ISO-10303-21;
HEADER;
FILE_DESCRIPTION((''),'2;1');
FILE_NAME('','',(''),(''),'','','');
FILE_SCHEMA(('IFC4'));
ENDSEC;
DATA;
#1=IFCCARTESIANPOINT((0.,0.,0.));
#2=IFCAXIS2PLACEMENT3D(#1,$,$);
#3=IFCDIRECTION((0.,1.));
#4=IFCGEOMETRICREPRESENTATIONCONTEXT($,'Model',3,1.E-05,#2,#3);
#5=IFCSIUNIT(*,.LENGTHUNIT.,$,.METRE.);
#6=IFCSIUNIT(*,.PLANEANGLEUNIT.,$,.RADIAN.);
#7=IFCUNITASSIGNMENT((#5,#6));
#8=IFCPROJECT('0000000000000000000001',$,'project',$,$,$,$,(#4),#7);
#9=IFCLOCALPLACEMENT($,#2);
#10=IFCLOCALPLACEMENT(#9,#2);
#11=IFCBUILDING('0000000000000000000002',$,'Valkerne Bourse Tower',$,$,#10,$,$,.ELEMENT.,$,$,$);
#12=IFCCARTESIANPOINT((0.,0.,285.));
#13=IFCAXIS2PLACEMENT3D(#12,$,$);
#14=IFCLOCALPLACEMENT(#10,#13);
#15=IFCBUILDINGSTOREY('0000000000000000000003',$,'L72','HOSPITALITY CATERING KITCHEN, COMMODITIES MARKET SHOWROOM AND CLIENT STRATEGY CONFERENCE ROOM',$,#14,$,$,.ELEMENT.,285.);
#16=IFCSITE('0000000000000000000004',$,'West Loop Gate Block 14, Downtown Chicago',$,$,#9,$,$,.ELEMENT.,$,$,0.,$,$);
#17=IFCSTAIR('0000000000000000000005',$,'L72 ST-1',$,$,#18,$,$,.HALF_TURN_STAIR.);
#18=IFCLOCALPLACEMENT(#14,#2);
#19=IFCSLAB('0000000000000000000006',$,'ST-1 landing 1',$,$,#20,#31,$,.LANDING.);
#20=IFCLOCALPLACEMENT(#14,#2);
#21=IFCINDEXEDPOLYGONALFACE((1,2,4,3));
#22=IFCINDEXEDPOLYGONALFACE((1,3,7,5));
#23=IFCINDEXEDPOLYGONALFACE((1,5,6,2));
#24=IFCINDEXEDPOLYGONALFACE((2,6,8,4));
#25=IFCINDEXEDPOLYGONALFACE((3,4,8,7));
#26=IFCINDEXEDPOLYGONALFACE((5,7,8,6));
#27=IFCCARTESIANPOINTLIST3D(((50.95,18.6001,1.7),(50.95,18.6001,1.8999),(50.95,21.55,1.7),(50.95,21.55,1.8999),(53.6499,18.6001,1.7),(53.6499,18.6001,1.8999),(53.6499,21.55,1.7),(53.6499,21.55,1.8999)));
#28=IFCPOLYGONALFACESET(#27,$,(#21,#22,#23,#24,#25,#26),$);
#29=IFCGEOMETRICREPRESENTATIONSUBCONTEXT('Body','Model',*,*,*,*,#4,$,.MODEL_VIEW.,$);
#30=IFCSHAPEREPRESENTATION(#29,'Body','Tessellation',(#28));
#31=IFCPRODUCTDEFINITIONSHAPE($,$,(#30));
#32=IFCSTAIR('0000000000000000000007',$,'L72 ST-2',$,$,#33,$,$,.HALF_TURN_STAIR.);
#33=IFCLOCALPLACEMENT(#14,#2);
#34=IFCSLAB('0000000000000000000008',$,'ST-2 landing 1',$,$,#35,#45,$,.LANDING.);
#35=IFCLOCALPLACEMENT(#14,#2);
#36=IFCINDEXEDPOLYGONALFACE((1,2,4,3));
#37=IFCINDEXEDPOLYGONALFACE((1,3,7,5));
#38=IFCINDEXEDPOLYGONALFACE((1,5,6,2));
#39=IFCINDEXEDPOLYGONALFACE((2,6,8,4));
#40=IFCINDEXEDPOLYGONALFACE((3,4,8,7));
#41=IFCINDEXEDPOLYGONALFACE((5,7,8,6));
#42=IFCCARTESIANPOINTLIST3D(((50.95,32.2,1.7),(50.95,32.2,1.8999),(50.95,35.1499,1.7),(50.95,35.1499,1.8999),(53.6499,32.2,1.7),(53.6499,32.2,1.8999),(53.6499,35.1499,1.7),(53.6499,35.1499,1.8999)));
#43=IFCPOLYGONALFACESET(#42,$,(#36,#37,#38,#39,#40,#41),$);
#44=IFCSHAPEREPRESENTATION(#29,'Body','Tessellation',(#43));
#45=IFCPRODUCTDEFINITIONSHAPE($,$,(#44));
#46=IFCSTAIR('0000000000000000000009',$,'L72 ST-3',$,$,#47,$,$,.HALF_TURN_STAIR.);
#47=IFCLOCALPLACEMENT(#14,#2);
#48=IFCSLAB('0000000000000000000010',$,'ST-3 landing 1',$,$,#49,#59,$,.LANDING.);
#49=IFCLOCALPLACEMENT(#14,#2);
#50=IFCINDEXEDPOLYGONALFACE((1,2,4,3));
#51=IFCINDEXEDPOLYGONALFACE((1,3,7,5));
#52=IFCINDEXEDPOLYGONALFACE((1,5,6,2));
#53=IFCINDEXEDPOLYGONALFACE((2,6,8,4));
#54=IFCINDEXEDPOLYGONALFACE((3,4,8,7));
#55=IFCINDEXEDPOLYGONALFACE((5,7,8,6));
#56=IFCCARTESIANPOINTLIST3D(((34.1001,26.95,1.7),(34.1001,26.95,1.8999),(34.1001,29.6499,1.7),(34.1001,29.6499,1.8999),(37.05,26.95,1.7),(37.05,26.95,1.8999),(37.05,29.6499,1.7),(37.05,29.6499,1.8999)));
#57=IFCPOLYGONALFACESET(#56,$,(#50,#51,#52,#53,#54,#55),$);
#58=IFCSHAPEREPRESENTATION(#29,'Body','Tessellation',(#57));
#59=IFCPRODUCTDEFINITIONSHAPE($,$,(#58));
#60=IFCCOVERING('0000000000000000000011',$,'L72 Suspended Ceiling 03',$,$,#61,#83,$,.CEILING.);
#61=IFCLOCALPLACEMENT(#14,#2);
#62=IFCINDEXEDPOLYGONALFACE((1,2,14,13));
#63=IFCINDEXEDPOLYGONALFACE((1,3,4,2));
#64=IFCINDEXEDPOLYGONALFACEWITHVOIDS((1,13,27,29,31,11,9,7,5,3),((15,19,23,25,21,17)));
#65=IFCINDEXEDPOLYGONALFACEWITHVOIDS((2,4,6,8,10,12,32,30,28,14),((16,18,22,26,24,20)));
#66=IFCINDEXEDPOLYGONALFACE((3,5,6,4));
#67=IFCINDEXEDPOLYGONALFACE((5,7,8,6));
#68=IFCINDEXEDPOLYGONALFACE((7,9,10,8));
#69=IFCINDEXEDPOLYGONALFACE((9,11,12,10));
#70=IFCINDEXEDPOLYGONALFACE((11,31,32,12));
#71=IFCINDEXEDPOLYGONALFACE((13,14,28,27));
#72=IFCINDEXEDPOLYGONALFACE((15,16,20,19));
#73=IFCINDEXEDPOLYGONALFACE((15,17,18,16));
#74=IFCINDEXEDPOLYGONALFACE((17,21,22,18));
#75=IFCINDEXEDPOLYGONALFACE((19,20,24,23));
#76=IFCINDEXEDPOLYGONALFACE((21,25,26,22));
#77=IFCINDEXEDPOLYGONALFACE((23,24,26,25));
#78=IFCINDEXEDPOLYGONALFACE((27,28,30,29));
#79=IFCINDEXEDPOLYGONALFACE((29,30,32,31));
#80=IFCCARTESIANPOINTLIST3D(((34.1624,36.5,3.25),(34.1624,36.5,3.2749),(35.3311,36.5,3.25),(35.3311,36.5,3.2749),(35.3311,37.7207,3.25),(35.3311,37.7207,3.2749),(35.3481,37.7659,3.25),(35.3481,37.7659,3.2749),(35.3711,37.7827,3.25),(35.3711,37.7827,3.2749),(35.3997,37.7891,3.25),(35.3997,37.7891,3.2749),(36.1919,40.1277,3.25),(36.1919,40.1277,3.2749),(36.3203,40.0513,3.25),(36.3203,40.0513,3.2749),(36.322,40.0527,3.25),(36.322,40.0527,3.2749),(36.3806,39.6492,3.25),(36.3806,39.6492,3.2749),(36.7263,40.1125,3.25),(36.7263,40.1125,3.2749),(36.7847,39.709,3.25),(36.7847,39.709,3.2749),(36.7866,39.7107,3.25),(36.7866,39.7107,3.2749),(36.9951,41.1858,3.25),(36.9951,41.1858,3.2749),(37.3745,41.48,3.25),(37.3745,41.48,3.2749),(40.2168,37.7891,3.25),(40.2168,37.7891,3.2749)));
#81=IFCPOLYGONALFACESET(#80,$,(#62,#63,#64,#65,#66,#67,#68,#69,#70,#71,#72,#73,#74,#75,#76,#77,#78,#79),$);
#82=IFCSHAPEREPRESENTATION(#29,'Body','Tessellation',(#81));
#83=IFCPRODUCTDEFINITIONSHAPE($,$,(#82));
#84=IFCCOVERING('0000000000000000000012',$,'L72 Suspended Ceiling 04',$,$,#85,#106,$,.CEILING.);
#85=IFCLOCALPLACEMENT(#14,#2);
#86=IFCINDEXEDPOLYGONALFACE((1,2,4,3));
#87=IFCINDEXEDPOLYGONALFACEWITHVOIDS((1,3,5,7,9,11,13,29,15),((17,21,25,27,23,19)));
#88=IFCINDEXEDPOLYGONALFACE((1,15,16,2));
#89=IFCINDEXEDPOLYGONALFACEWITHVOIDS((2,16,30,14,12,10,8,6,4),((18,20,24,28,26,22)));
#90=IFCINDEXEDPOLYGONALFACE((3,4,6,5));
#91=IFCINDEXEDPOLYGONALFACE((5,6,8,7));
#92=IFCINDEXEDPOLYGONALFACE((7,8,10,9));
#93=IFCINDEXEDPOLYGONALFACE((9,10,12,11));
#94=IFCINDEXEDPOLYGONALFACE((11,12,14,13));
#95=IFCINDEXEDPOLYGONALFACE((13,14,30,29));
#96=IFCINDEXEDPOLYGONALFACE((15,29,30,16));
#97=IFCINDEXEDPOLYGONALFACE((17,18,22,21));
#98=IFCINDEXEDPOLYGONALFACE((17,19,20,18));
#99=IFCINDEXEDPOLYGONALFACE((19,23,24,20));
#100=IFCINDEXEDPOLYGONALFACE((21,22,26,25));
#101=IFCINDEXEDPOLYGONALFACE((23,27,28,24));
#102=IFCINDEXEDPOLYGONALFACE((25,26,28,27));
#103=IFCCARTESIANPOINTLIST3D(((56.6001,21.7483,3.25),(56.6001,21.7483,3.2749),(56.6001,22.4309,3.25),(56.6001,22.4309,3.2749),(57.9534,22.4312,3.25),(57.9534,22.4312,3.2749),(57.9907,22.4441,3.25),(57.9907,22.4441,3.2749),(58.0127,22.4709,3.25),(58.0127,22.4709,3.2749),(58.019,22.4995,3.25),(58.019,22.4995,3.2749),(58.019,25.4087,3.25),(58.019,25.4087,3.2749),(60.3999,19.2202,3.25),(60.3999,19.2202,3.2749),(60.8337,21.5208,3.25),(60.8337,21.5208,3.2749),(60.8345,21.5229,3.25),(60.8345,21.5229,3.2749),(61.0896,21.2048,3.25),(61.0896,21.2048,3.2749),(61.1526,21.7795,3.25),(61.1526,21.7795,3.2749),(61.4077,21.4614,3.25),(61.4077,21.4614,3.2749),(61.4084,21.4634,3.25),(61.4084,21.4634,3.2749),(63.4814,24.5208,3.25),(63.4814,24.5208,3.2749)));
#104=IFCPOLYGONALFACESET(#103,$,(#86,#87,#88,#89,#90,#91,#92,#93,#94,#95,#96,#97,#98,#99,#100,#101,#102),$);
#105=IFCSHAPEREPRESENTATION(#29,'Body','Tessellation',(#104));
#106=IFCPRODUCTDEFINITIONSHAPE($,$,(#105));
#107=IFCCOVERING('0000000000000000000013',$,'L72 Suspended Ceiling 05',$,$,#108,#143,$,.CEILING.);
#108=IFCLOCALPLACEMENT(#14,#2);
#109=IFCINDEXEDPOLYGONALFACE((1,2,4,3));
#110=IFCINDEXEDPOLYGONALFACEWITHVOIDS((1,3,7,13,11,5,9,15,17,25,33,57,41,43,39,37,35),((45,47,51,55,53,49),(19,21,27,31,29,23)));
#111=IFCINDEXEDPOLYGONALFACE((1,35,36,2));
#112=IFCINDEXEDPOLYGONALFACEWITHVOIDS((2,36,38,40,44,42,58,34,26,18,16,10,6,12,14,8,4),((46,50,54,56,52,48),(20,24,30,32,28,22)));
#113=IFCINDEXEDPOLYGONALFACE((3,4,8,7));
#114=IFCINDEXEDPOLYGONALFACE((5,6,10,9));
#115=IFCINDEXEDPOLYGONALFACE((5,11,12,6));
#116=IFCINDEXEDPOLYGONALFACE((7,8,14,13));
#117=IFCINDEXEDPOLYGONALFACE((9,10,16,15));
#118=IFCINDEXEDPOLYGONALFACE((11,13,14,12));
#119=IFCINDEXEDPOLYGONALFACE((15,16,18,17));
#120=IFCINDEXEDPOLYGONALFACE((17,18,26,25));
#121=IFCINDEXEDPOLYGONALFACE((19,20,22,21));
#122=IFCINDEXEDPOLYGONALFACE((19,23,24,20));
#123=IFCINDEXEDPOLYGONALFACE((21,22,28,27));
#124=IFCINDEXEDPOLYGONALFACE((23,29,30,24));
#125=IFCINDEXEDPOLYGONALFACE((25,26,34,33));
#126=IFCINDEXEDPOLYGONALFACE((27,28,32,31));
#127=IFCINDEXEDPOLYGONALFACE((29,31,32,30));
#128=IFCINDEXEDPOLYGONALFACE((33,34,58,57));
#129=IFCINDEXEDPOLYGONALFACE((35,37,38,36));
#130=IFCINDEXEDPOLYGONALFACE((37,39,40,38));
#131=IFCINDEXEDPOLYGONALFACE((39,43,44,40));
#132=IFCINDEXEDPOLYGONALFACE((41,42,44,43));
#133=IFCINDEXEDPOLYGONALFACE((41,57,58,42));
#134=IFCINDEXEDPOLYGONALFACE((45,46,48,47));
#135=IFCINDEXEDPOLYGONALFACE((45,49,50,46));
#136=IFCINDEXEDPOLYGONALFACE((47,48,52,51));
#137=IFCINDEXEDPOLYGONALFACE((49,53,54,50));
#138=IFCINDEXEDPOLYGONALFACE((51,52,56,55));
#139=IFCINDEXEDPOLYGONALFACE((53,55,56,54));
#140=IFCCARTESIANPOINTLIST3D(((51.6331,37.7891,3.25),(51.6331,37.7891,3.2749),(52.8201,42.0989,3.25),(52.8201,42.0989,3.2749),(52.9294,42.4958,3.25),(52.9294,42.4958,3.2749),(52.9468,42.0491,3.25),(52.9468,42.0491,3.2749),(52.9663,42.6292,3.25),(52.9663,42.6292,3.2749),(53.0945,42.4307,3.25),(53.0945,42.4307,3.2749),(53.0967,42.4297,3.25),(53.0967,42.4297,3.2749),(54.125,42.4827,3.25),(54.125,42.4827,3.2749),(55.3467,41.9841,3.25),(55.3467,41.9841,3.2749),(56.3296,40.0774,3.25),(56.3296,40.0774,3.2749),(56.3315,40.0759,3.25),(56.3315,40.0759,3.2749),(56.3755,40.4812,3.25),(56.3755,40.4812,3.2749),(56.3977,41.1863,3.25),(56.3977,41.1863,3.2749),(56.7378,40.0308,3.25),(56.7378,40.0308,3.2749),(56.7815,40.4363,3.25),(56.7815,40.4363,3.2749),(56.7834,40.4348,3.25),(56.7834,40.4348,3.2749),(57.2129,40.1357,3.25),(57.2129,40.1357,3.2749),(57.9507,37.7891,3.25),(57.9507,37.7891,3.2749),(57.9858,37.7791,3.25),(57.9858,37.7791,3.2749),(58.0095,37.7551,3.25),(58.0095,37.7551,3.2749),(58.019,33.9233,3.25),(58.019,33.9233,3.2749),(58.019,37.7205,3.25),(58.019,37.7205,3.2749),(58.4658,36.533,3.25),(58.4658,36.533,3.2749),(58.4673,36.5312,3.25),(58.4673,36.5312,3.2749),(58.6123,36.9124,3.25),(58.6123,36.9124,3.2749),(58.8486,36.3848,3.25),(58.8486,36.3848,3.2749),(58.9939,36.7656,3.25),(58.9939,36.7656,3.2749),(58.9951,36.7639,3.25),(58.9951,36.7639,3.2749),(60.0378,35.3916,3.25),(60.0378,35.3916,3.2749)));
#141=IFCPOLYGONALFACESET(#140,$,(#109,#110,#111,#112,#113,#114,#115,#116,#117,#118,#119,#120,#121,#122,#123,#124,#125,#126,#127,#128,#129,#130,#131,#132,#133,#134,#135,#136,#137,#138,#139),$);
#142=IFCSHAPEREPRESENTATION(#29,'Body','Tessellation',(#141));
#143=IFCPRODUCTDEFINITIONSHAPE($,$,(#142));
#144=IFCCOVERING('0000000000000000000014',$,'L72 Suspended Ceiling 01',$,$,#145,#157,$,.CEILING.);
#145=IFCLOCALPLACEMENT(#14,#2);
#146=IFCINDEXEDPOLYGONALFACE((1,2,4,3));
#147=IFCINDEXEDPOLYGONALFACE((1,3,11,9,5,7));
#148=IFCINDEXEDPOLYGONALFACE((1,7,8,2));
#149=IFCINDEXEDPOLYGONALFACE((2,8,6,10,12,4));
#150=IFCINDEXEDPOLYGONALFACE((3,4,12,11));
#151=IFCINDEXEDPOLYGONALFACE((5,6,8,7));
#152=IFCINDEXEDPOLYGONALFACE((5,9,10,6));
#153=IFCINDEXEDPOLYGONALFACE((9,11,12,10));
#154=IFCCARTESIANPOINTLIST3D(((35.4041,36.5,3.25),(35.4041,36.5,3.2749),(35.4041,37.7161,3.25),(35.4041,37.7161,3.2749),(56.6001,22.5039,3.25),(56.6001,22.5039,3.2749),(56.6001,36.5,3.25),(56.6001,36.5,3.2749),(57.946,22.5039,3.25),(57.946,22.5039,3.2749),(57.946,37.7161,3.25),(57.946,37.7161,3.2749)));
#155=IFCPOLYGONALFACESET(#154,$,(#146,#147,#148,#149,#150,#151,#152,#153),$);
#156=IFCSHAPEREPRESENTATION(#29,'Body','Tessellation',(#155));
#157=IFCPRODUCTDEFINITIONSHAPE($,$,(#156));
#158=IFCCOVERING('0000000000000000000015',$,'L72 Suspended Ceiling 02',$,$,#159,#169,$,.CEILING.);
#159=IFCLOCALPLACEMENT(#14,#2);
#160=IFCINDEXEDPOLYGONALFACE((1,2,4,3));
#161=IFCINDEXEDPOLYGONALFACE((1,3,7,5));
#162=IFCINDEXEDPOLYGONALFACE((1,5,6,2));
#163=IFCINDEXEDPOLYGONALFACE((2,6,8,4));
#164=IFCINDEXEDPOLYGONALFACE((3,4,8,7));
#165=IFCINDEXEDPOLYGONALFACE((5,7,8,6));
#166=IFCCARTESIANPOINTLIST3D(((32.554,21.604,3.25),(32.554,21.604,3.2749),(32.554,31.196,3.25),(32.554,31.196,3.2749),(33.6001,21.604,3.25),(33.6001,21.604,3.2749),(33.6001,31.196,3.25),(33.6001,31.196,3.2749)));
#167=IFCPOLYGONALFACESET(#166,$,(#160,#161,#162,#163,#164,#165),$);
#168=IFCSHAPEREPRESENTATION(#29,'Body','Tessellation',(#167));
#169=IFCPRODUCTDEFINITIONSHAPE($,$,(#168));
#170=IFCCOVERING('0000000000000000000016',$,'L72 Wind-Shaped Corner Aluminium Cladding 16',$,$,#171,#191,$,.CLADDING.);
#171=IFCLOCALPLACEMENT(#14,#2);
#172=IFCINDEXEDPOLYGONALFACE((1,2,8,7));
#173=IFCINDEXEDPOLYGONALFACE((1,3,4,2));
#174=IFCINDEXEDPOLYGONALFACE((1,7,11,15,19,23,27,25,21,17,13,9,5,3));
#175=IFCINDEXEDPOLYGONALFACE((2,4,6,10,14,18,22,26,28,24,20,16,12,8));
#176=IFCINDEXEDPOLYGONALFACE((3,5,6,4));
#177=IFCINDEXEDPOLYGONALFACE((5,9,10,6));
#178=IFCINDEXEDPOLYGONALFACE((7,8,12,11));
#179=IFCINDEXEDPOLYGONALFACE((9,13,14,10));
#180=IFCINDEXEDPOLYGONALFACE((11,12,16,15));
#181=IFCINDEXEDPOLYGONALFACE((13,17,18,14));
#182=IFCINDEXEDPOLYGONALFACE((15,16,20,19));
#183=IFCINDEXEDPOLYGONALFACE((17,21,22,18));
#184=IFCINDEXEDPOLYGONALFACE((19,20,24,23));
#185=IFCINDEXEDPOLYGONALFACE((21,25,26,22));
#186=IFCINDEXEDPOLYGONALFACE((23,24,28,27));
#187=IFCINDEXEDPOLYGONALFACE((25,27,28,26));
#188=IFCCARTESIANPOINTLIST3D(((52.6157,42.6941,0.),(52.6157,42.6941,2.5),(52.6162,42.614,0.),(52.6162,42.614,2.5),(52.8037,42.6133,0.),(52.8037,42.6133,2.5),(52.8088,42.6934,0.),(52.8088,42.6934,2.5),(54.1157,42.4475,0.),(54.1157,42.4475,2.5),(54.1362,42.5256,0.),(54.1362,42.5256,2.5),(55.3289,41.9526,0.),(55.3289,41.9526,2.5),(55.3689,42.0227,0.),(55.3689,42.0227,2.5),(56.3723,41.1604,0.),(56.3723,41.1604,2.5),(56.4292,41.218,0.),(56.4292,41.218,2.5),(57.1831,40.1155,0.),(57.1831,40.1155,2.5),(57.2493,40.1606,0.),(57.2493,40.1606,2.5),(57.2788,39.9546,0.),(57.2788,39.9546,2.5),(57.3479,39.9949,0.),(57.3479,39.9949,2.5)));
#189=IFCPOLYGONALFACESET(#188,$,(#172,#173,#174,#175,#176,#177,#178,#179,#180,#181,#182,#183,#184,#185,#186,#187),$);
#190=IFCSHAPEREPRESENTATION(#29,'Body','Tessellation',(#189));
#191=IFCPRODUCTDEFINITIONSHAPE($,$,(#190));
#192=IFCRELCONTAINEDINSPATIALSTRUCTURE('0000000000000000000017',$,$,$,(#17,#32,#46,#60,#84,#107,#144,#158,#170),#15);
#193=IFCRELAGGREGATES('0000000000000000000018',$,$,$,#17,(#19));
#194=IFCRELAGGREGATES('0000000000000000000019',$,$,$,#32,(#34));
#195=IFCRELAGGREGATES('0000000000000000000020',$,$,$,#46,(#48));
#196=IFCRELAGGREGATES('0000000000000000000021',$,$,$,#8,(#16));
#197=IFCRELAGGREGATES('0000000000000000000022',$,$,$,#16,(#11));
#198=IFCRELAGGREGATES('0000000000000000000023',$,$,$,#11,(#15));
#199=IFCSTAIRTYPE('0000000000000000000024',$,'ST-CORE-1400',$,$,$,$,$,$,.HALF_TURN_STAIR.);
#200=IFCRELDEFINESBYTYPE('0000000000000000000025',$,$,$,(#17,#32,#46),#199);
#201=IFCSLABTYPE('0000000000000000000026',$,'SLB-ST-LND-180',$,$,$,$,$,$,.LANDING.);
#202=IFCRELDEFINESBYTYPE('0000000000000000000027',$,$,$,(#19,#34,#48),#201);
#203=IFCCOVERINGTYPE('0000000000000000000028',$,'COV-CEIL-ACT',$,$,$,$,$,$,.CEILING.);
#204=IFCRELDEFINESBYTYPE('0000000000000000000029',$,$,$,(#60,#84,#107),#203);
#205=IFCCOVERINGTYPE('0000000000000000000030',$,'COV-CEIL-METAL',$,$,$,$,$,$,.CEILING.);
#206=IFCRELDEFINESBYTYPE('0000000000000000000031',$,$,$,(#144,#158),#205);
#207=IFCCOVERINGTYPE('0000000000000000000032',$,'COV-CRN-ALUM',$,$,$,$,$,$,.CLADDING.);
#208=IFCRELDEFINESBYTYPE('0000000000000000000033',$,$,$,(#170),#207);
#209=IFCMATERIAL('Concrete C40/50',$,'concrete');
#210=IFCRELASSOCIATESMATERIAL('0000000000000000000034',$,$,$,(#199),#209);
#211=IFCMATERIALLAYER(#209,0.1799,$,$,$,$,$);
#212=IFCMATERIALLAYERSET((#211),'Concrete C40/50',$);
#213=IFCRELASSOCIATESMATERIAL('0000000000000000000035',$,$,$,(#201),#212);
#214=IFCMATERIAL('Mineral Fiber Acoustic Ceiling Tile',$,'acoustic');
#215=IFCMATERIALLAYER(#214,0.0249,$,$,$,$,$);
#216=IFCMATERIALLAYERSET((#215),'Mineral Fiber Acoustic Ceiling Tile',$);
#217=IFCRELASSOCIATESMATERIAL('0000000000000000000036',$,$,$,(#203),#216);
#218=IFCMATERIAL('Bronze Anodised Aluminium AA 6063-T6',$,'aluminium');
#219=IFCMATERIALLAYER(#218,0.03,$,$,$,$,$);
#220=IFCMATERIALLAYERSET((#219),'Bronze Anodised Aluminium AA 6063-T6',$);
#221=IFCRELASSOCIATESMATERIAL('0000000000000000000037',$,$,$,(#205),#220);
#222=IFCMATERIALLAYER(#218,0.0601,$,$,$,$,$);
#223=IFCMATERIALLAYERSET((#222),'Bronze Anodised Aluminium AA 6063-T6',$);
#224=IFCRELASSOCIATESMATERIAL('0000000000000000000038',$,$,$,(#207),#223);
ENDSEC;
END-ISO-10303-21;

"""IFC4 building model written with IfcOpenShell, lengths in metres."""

from ifc_helpers import new_model, si_unit, direction, frame, origin, place, context, subcontext, project, spatial, polyline, outline, extrude, material, layer, layer_set, type_object, element, aggregate, save


model = new_model("IFC4")

# Units and contexts
model_context = context("Model", 3, precision=1e-05, world=origin(), true_north=direction((0.0, 1.0)))
body_context = subcontext(model_context, "Body", "Model", "MODEL_VIEW")
ifc_project = project(units=[si_unit("LENGTHUNIT", "METRE"), si_unit("PLANEANGLEUNIT", "RADIAN")], contexts=[model_context])

# Site, building, storey
site_placement = place(None, origin())
site = spatial("IfcSite", under=ifc_project, at=site_placement, Name="West Loop Gate Block 14, Downtown Chicago", CompositionType="ELEMENT", RefElevation=0.0)
building_placement = place(site_placement, origin())
building = spatial("IfcBuilding", under=site, at=building_placement, Name="Valkerne Bourse Tower", CompositionType="ELEMENT")
storey_placement = place(building_placement, frame((0.0, 0.0, 285.0)))
storey = spatial("IfcBuildingStorey", under=building, at=storey_placement, Name="L72", Description="HOSPITALITY CATERING KITCHEN, COMMODITIES MARKET SHOWROOM AND CLIENT STRATEGY CONFERENCE ROOM", CompositionType="ELEMENT", Elevation=285.0)

# Stairs, slabs
ifc_material_1 = material(Name="Concrete C40/50", Category="concrete")
stair_type = type_object("IfcStairType", Name="ST-CORE-1400", PredefinedType="HALF_TURN_STAIR", material=ifc_material_1)
stair_1_placement = place(storey_placement, origin())
stair_1 = element("IfcStair", 1, at=stair_1_placement, inside=storey, type_object=stair_type, Name="L72 ST-1", PredefinedType="HALF_TURN_STAIR")
ifc_layer_1 = layer(ifc_material_1, 0.1799)
ifc_layer_set_1 = layer_set([ifc_layer_1], Name="Concrete C40/50")
slab_type = type_object("IfcSlabType", Name="SLB-ST-LND-180", PredefinedType="LANDING", material=ifc_layer_set_1)
slab_1_placement = place(storey_placement, frame((0.0, 0.0, 1.7)))
slab_1 = element("IfcSlab", 2, at=slab_1_placement, type_object=slab_type, Name="ST-1 landing 1", PredefinedType="LANDING", context=body_context, shape_type="SweptSolid", body=[
    extrude(outline(polyline([(50.95, 18.6001), (53.6499, 18.6001), (53.6499, 21.55), (50.95, 21.55), (50.95, 18.6001)])), origin(), (0.0, 0.0, 1.0), 0.2),
])
aggregate(stair_1, [slab_1])
stair_2_placement = place(storey_placement, origin())
stair_2 = element("IfcStair", 3, at=stair_2_placement, inside=storey, type_object=stair_type, Name="L72 ST-2", PredefinedType="HALF_TURN_STAIR")
slab_2_placement = place(storey_placement, frame((0.0, 0.0, 1.7)))
slab_2 = element("IfcSlab", 4, at=slab_2_placement, type_object=slab_type, Name="ST-2 landing 1", PredefinedType="LANDING", context=body_context, shape_type="SweptSolid", body=[
    extrude(outline(polyline([(50.95, 32.2), (53.6499, 32.2), (53.6499, 35.1499), (50.95, 35.1499), (50.95, 32.2)])), origin(), (0.0, 0.0, 1.0), 0.2),
])
aggregate(stair_2, [slab_2])
stair_3_placement = place(storey_placement, origin())
stair_3 = element("IfcStair", 5, at=stair_3_placement, inside=storey, type_object=stair_type, Name="L72 ST-3", PredefinedType="HALF_TURN_STAIR")
slab_3_placement = place(storey_placement, frame((0.0, 0.0, 1.7)))
slab_3 = element("IfcSlab", 6, at=slab_3_placement, type_object=slab_type, Name="ST-3 landing 1", PredefinedType="LANDING", context=body_context, shape_type="SweptSolid", body=[
    extrude(outline(polyline([(37.05, 26.95), (37.05, 29.6499), (34.1001, 29.6499), (34.1001, 26.95), (37.05, 26.95)])), origin(), (0.0, 0.0, 1.0), 0.2),
])
aggregate(stair_3, [slab_3])

# Coverings
ifc_material_2 = material(Name="Mineral Fiber Acoustic Ceiling Tile", Category="acoustic")
ifc_layer_2 = layer(ifc_material_2, 0.0249)
ifc_layer_set_2 = layer_set([ifc_layer_2], Name="Mineral Fiber Acoustic Ceiling Tile")
covering_type_1 = type_object("IfcCoveringType", Name="COV-CEIL-ACT", PredefinedType="CEILING", material=ifc_layer_set_2)
covering_1_placement = place(storey_placement, frame((0.0, 0.0, 3.25)))
element("IfcCovering", 7, at=covering_1_placement, inside=storey, type_object=covering_type_1, Name="L72 Suspended Ceiling 03", PredefinedType="CEILING", context=body_context, shape_type="SweptSolid", body=[
    extrude(outline(polyline([(37.3745, 41.48), (40.2168, 37.7891), (35.3997, 37.7891), (35.3711, 37.7827), (35.3481, 37.7659), (35.3311, 37.7207), (35.3311, 36.5), (34.1624, 36.5), (36.1919, 40.1277), (36.9951, 41.1858), (37.3745, 41.48)]), holes=[polyline([(36.7847, 39.709), (36.7866, 39.7107), (36.7263, 40.1125), (36.322, 40.0527), (36.3203, 40.0513), (36.3806, 39.6492), (36.7847, 39.709)])]), origin(), (0.0, 0.0, 1.0), 0.0249),
])
covering_2_placement = place(storey_placement, frame((0.0, 0.0, 3.25)))
element("IfcCovering", 8, at=covering_2_placement, inside=storey, type_object=covering_type_1, Name="L72 Suspended Ceiling 04", PredefinedType="CEILING", context=body_context, shape_type="SweptSolid", body=[
    extrude(outline(polyline([(57.9534, 22.4312), (57.9907, 22.4441), (58.0127, 22.4709), (58.019, 22.4995), (58.019, 25.4087), (63.4814, 24.5208), (60.3999, 19.2202), (56.6001, 21.7483), (56.6001, 22.4309), (57.9534, 22.4312)]), holes=[polyline([(61.4084, 21.4634), (61.1526, 21.7795), (60.8345, 21.5229), (60.8337, 21.5208), (61.0896, 21.2048), (61.4077, 21.4614), (61.4084, 21.4634)])]), origin(), (0.0, 0.0, 1.0), 0.0249),
])
covering_3_placement = place(storey_placement, frame((0.0, 0.0, 3.25)))
element("IfcCovering", 9, at=covering_3_placement, inside=storey, type_object=covering_type_1, Name="L72 Suspended Ceiling 05", PredefinedType="CEILING", context=body_context, shape_type="SweptSolid", body=[
    extrude(outline(polyline([(56.3977, 41.1863), (57.2129, 40.1357), (60.0378, 35.3916), (58.019, 33.9233), (58.019, 37.7205), (58.0095, 37.7551), (57.9858, 37.7791), (57.9507, 37.7891), (51.6331, 37.7891), (52.8201, 42.0989), (52.9468, 42.0491), (53.0967, 42.4297), (53.0945, 42.4307), (52.9294, 42.4958), (52.9663, 42.6292), (54.125, 42.4827), (55.3467, 41.9841), (56.3977, 41.1863)]), holes=[polyline([(58.9939, 36.7656), (58.6123, 36.9124), (58.4658, 36.533), (58.4673, 36.5312), (58.8486, 36.3848), (58.9951, 36.7639), (58.9939, 36.7656)]), polyline([(56.7815, 40.4363), (56.3755, 40.4812), (56.3296, 40.0774), (56.3315, 40.0759), (56.7378, 40.0308), (56.7834, 40.4348), (56.7815, 40.4363)])]), origin(), (0.0, 0.0, 1.0), 0.0249),
])
ifc_material_3 = material(Name="Bronze Anodised Aluminium AA 6063-T6", Category="aluminium")
ifc_layer_3 = layer(ifc_material_3, 0.03)
ifc_layer_set_3 = layer_set([ifc_layer_3], Name="Bronze Anodised Aluminium AA 6063-T6")
covering_type_2 = type_object("IfcCoveringType", Name="COV-CEIL-METAL", PredefinedType="CEILING", material=ifc_layer_set_3)
covering_4_placement = place(storey_placement, frame((0.0, 0.0, 3.25)))
element("IfcCovering", 10, at=covering_4_placement, inside=storey, type_object=covering_type_2, Name="L72 Suspended Ceiling 01", PredefinedType="CEILING", context=body_context, shape_type="SweptSolid", body=[
    extrude(outline(polyline([(35.4041, 37.7161), (57.946, 37.7161), (57.946, 22.5039), (56.6001, 22.5039), (56.6001, 36.5), (35.4041, 36.5), (35.4041, 37.7161)])), origin(), (0.0, 0.0, 1.0), 0.0249),
])
covering_5_placement = place(storey_placement, frame((0.0, 0.0, 3.25)))
element("IfcCovering", 11, at=covering_5_placement, inside=storey, type_object=covering_type_2, Name="L72 Suspended Ceiling 02", PredefinedType="CEILING", context=body_context, shape_type="SweptSolid", body=[
    extrude(outline(polyline([(32.554, 21.604), (32.554, 31.196), (33.6001, 31.196), (33.6001, 21.604), (32.554, 21.604)])), origin(), (0.0, 0.0, 1.0), 0.0249),
])
ifc_layer_4 = layer(ifc_material_3, 0.0601)
ifc_layer_set_4 = layer_set([ifc_layer_4], Name="Bronze Anodised Aluminium AA 6063-T6")
covering_type_3 = type_object("IfcCoveringType", Name="COV-CRN-ALUM", PredefinedType="CLADDING", material=ifc_layer_set_4)
covering_6_placement = place(storey_placement, origin())
element("IfcCovering", 12, at=covering_6_placement, inside=storey, type_object=covering_type_3, Name="L72 Wind-Shaped Corner Aluminium Cladding 16", PredefinedType="CLADDING", context=body_context, shape_type="SweptSolid", body=[
    extrude(outline(polyline([(52.8088, 42.6934), (54.1362, 42.5256), (55.3689, 42.0227), (56.4292, 41.218), (57.2493, 40.1606), (57.3479, 39.9949), (57.2788, 39.9546), (57.1831, 40.1155), (56.3723, 41.1604), (55.3289, 41.9526), (54.1157, 42.4475), (52.8037, 42.6133), (52.6162, 42.614), (52.6157, 42.6941), (52.8088, 42.6934)])), origin(), (0.0, 0.0, 1.0), 2.5),
])

save(model, "model.ifc")
